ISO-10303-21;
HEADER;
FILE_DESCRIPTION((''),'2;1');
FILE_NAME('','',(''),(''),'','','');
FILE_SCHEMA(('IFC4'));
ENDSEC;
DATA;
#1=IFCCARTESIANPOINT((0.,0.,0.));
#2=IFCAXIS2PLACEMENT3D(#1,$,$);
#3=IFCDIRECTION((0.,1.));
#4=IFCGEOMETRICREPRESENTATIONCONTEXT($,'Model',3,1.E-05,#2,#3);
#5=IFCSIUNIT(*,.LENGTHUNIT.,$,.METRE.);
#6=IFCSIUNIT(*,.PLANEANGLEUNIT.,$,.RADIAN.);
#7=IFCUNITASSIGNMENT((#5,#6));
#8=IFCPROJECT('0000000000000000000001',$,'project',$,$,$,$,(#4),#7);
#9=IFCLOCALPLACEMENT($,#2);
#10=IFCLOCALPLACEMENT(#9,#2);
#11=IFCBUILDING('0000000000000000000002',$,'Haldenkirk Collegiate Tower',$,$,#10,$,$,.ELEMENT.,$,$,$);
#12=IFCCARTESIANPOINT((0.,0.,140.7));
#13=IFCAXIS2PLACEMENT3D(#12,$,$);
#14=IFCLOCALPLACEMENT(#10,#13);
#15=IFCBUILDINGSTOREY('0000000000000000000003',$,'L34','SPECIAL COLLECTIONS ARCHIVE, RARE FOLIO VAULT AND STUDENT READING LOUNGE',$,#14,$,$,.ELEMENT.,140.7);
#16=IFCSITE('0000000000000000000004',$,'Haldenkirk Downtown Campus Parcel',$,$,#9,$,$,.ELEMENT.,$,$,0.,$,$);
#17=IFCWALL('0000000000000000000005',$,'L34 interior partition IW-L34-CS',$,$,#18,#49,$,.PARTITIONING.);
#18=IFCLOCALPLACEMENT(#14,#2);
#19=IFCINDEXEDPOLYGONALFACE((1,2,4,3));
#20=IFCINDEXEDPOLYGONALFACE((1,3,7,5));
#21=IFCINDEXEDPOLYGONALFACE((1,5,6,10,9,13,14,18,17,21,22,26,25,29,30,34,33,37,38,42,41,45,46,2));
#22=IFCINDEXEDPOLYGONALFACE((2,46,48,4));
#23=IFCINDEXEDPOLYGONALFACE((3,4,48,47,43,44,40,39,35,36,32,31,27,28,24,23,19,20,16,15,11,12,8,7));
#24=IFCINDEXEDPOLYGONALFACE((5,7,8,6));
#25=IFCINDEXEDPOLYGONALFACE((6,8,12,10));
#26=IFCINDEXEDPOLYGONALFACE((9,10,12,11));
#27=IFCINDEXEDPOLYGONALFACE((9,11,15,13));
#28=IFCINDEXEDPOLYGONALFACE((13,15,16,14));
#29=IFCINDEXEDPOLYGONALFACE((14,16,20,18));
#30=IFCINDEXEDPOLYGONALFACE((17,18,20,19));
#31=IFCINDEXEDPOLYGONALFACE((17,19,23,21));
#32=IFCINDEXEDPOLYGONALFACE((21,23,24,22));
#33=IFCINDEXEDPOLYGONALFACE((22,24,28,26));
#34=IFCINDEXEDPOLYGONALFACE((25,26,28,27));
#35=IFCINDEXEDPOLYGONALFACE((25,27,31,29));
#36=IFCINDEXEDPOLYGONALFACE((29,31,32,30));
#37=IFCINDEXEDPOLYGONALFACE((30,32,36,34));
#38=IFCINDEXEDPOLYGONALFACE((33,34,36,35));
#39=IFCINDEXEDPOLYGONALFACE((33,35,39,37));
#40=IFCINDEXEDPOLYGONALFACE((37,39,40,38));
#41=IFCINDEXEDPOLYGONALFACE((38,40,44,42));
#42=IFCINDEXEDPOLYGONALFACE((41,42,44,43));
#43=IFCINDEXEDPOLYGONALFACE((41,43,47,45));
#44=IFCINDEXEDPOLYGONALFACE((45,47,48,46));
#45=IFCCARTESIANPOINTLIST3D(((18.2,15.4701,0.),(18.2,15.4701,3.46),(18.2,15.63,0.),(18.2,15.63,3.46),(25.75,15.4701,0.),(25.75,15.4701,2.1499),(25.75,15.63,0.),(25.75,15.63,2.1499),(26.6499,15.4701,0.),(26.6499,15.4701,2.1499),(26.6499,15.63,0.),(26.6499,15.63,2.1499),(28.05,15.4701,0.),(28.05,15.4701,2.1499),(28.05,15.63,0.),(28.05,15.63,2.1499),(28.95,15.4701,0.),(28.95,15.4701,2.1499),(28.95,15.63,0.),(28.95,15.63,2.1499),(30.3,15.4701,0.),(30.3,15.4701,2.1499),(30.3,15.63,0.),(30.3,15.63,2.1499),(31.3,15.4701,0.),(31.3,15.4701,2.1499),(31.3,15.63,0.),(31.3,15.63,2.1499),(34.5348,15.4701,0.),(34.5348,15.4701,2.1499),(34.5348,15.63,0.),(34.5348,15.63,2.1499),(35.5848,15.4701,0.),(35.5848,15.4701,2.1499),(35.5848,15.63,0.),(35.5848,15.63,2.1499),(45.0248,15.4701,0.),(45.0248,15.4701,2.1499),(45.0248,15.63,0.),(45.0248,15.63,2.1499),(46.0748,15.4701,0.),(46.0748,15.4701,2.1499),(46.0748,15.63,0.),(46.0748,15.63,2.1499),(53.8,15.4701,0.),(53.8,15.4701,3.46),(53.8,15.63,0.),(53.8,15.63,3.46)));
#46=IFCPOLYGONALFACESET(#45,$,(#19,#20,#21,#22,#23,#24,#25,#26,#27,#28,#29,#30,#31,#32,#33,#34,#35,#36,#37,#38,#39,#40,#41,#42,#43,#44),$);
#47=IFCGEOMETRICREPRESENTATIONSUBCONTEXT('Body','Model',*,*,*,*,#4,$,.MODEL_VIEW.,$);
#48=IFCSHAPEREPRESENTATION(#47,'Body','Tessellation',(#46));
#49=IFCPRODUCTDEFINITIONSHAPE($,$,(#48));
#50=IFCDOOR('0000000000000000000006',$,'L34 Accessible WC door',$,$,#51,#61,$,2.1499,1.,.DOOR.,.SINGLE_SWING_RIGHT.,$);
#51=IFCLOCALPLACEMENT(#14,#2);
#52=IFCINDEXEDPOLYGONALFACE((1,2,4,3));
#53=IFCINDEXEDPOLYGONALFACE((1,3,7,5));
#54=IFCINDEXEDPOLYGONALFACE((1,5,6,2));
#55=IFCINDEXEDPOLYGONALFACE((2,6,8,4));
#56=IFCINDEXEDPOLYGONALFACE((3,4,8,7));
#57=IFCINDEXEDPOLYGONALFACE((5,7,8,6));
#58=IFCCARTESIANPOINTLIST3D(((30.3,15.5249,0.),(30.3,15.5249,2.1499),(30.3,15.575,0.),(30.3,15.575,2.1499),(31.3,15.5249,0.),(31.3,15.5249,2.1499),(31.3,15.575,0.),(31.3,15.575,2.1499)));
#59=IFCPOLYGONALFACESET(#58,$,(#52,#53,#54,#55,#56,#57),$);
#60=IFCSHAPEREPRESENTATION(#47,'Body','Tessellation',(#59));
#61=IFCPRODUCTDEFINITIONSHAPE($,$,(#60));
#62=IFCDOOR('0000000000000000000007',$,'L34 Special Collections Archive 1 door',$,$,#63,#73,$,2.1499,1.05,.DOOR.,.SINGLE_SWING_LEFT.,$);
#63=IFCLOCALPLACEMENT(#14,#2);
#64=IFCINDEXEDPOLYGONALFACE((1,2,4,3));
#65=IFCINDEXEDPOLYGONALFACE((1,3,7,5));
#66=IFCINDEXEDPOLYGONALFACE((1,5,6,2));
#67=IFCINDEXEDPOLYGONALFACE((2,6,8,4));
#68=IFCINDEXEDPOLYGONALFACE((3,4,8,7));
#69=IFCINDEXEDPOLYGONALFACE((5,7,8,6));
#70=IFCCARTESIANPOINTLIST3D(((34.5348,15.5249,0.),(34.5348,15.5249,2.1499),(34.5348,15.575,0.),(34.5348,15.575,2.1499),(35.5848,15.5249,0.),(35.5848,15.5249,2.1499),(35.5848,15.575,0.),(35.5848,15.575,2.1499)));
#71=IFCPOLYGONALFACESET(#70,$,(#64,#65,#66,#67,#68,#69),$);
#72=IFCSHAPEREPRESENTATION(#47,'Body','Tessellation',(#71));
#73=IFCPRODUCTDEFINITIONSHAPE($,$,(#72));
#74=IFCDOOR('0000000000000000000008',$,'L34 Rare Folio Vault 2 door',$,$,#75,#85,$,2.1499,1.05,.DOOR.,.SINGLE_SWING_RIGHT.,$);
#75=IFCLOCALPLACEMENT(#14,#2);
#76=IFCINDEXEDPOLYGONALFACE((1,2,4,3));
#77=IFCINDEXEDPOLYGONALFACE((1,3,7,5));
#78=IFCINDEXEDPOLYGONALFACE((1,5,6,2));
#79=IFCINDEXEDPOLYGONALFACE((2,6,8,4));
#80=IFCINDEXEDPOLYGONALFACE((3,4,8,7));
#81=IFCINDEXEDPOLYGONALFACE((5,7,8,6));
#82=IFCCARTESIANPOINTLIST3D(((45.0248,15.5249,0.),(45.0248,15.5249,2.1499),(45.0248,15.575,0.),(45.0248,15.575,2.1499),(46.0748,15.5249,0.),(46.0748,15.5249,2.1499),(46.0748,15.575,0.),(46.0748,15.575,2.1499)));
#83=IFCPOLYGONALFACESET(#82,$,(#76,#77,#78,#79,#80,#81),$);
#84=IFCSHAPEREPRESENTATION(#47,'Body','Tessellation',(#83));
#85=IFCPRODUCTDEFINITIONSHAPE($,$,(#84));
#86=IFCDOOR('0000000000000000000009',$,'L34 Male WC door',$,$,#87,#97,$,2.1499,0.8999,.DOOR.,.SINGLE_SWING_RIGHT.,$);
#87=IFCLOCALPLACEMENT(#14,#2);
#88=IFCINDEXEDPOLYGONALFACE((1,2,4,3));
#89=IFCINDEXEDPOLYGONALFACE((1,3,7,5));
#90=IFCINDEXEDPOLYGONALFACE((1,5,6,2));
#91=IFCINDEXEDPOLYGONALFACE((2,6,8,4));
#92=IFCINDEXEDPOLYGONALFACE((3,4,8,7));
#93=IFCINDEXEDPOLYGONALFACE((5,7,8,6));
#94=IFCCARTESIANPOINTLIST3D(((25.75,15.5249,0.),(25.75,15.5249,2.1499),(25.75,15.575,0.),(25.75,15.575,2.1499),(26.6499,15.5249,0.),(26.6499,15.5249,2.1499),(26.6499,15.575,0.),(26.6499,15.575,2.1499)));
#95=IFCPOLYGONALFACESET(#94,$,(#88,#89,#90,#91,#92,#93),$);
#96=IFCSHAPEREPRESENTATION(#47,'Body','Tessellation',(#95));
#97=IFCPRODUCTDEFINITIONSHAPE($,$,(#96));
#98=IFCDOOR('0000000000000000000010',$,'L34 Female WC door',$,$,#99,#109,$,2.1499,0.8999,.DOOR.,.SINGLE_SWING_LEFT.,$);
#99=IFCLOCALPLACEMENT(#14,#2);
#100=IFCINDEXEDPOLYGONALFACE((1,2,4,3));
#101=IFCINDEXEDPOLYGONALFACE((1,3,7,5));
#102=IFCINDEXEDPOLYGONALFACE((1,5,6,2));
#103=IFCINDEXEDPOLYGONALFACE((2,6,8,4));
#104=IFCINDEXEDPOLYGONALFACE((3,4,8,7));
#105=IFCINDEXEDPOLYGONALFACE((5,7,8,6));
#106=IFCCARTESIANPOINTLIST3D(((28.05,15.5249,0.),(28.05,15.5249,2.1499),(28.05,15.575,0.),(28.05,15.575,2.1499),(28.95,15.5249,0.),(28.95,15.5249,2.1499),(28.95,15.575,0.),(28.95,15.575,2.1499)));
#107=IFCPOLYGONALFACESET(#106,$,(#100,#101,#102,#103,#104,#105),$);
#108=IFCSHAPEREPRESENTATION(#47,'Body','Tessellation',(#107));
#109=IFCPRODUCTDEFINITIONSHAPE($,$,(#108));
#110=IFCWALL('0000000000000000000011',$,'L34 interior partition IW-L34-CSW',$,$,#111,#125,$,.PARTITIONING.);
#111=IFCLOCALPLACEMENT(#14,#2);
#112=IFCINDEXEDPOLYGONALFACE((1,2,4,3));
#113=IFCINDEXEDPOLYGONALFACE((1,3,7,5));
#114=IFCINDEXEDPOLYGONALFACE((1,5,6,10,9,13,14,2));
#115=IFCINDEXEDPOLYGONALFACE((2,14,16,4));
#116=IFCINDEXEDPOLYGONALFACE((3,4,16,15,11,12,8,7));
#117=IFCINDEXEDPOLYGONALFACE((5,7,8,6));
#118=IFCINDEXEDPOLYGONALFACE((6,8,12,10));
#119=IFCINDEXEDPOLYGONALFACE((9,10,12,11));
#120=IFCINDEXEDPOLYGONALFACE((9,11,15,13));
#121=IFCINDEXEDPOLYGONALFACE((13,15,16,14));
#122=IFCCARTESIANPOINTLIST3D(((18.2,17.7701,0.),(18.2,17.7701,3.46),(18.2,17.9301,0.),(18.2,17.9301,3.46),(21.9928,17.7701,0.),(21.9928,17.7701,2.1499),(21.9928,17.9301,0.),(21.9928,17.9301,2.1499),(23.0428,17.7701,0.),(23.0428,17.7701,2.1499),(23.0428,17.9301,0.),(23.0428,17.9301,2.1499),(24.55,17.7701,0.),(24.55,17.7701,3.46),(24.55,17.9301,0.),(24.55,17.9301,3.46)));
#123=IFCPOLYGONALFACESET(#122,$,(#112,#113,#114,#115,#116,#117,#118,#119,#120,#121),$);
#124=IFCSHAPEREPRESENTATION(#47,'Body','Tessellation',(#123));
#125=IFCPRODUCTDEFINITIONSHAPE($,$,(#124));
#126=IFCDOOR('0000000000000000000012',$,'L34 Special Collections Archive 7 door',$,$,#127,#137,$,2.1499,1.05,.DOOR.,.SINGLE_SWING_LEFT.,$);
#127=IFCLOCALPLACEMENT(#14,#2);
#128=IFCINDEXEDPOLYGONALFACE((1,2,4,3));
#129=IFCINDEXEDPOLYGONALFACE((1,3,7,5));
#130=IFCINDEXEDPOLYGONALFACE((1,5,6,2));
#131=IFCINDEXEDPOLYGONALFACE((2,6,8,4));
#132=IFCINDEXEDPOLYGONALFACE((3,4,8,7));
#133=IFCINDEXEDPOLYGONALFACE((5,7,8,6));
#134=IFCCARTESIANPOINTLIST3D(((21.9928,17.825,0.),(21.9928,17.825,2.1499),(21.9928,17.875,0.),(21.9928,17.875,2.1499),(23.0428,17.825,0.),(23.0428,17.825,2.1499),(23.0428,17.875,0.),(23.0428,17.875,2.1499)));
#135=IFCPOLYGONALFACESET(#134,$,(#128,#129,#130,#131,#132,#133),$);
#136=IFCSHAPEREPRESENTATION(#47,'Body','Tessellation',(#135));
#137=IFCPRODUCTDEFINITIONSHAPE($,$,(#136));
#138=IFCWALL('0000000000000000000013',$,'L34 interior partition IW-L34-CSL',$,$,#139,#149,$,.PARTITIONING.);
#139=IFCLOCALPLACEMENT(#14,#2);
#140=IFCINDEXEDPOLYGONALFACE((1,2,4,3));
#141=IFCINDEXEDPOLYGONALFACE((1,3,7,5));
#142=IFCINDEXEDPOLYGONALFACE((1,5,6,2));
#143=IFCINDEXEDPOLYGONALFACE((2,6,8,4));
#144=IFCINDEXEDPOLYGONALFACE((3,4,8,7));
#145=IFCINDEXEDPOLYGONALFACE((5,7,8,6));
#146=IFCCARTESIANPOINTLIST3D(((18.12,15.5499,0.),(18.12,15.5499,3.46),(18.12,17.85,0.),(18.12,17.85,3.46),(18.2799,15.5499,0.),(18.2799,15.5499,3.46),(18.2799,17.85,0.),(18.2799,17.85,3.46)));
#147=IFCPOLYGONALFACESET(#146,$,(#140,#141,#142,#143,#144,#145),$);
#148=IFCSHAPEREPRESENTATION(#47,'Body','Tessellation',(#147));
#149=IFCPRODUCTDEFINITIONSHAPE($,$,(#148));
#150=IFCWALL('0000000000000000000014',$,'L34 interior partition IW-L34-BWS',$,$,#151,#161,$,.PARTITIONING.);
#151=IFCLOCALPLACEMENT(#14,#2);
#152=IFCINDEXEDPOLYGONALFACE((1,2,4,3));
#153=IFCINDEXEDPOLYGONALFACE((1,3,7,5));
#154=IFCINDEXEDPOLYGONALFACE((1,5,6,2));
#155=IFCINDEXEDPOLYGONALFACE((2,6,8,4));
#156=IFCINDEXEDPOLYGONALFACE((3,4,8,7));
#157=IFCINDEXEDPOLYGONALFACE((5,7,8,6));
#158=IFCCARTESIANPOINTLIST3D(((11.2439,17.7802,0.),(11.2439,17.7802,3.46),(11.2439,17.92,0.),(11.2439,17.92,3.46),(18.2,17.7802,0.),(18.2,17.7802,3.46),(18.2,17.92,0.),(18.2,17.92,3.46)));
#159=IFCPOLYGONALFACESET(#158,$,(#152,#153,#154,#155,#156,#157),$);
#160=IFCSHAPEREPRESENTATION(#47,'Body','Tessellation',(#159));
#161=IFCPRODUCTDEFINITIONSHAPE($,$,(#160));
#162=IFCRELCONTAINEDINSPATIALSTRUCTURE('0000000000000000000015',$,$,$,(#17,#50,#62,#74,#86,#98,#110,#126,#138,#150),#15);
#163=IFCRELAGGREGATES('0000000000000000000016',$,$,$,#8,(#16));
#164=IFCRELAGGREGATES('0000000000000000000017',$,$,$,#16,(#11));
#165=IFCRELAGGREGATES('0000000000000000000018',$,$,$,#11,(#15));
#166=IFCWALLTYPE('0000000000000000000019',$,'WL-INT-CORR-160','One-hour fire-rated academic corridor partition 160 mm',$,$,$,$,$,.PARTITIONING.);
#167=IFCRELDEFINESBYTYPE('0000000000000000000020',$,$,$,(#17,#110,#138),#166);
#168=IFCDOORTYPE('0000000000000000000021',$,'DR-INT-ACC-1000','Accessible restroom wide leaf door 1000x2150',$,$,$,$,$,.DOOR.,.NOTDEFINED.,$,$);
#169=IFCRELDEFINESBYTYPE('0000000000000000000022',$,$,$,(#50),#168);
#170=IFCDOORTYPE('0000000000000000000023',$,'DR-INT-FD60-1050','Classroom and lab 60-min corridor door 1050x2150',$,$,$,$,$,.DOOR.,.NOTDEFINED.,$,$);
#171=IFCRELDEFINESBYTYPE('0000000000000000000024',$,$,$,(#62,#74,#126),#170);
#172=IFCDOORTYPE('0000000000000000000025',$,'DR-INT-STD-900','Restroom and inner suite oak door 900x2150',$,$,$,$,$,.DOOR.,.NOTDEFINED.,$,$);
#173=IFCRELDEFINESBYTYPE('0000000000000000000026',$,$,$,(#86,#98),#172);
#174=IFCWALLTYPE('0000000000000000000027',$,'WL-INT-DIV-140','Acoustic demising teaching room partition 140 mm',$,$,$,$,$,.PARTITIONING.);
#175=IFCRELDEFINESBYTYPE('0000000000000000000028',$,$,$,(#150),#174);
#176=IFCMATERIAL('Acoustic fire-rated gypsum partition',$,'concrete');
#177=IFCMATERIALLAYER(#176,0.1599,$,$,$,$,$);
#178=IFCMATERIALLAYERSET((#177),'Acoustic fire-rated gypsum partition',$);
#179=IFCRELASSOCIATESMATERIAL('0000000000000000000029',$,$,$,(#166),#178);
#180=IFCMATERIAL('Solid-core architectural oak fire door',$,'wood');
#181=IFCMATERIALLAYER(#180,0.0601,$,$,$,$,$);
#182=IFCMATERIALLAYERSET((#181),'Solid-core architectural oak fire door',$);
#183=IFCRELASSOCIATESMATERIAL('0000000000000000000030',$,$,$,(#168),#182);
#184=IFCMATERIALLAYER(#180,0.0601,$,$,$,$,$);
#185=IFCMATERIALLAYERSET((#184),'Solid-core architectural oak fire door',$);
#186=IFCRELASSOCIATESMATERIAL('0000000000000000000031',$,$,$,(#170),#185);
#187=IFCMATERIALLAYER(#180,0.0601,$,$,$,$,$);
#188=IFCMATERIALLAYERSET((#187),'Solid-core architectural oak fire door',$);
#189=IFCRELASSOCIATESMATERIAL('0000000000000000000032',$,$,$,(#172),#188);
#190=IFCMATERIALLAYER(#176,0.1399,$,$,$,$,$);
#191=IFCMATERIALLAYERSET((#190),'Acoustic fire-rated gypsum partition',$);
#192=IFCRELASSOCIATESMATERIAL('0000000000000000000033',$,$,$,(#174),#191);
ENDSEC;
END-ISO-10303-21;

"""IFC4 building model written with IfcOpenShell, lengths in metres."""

from ifc_helpers import new_model, si_unit, direction, frame, frame_2d, origin, place, context, subcontext, project, spatial, rectangle, extrude, material, layer, layer_set, type_object, element, fill, save


model = new_model("IFC4")

# Units and contexts
model_context = context("Model", 3, precision=1e-05, world=origin(), true_north=direction((0.0, 1.0)))
body_context = subcontext(model_context, "Body", "Model", "MODEL_VIEW")
ifc_project = project(units=[si_unit("LENGTHUNIT", "METRE"), si_unit("PLANEANGLEUNIT", "RADIAN")], contexts=[model_context])

# Site, building, storey
site_placement = place(None, origin())
site = spatial("IfcSite", under=ifc_project, at=site_placement, Name="Haldenkirk Downtown Campus Parcel", CompositionType="ELEMENT", RefElevation=0.0)
building_placement = place(site_placement, origin())
building = spatial("IfcBuilding", under=site, at=building_placement, Name="Haldenkirk Collegiate Tower", CompositionType="ELEMENT")
storey_placement = place(building_placement, frame((0.0, 0.0, 140.7)))
storey = spatial("IfcBuildingStorey", under=building, at=storey_placement, Name="L34", Description="SPECIAL COLLECTIONS ARCHIVE, RARE FOLIO VAULT AND STUDENT READING LOUNGE", CompositionType="ELEMENT", Elevation=140.7)

# Wall, openings, doors
ifc_material_1 = material(Name="Acoustic fire-rated gypsum partition", Category="concrete")
ifc_layer_1 = layer(ifc_material_1, 0.1599)
ifc_layer_set_1 = layer_set([ifc_layer_1], Name="Acoustic fire-rated gypsum partition")
wall_type_1 = type_object("IfcWallType", Name="WL-INT-CORR-160", Description="One-hour fire-rated academic corridor partition 160 mm", PredefinedType="PARTITIONING", material=ifc_layer_set_1)
wall_1_placement = place(storey_placement, frame((18.2, 15.55, 0.0), z_axis=(0.0, 0.0, 1.0), x_axis=(1.0, 0.0, 0.0)))
wall_1 = element("IfcWall", 1, at=wall_1_placement, inside=storey, type_object=wall_type_1, Name="L34 interior partition IW-L34-CS", PredefinedType="PARTITIONING", context=body_context, shape_type="SweptSolid", body=[
    extrude(rectangle(XDim=35.6001, YDim=0.1599, at=frame_2d((17.8, 0.0))), origin(), (0.0, 0.0, 1.0), 3.46),
])
opening_1_placement = place(wall_1_placement, frame((7.55, 0.0, 0.0)))
opening_1 = element("IfcOpeningElement", 2, at=opening_1_placement, cuts=wall_1, PredefinedType="OPENING", context=body_context, shape_type="SweptSolid", body=[
    extrude(rectangle(XDim=0.8999, YDim=2.1499, at=frame_2d((0.45, 1.075))), frame((0.0, 0.0898, 0.0), z_axis=(0.0, -1.0, 0.0), x_axis=(1.0, 0.0, 0.0)), (0.0, 0.0, 1.0), 0.1799),
])
opening_2_placement = place(wall_1_placement, frame((9.8501, 0.0, 0.0)))
opening_2 = element("IfcOpeningElement", 3, at=opening_2_placement, cuts=wall_1, PredefinedType="OPENING", context=body_context, shape_type="SweptSolid", body=[
    extrude(rectangle(XDim=0.8999, YDim=2.1499, at=frame_2d((0.45, 1.075))), frame((0.0, 0.0898, 0.0), z_axis=(0.0, -1.0, 0.0), x_axis=(1.0, 0.0, 0.0)), (0.0, 0.0, 1.0), 0.1799),
])
opening_3_placement = place(wall_1_placement, frame((12.1001, 0.0, 0.0)))
opening_3 = element("IfcOpeningElement", 4, at=opening_3_placement, cuts=wall_1, PredefinedType="OPENING", context=body_context, shape_type="SweptSolid", body=[
    extrude(rectangle(XDim=1.0, YDim=2.1499, at=frame_2d((0.5, 1.075))), frame((0.0, 0.0898, 0.0), z_axis=(0.0, -1.0, 0.0), x_axis=(1.0, 0.0, 0.0)), (0.0, 0.0, 1.0), 0.1799),
])
opening_4_placement = place(wall_1_placement, frame((16.335, 0.0, 0.0)))
opening_4 = element("IfcOpeningElement", 5, at=opening_4_placement, cuts=wall_1, PredefinedType="OPENING", context=body_context, shape_type="SweptSolid", body=[
    extrude(rectangle(XDim=1.05, YDim=2.1499, at=frame_2d((0.5249, 1.075))), frame((0.0, 0.0898, 0.0), z_axis=(0.0, -1.0, 0.0), x_axis=(1.0, 0.0, 0.0)), (0.0, 0.0, 1.0), 0.1799),
])
opening_5_placement = place(wall_1_placement, frame((26.825, 0.0, 0.0)))
opening_5 = element("IfcOpeningElement", 6, at=opening_5_placement, cuts=wall_1, PredefinedType="OPENING", context=body_context, shape_type="SweptSolid", body=[
    extrude(rectangle(XDim=1.05, YDim=2.1499, at=frame_2d((0.5249, 1.075))), frame((0.0, 0.0898, 0.0), z_axis=(0.0, -1.0, 0.0), x_axis=(1.0, 0.0, 0.0)), (0.0, 0.0, 1.0), 0.1799),
])
ifc_material_2 = material(Name="Solid-core architectural oak fire door", Category="wood")
ifc_layer_2 = layer(ifc_material_2, 0.0601)
ifc_layer_set_2 = layer_set([ifc_layer_2], Name="Solid-core architectural oak fire door")
door_type_1 = type_object("IfcDoorType", Name="DR-INT-ACC-1000", Description="Accessible restroom wide leaf door 1000x2150", OperationType="NOTDEFINED", PredefinedType="DOOR", material=ifc_layer_set_2)
door_1_placement = place(opening_3_placement, origin())
door_1 = element("IfcDoor", 7, at=door_1_placement, inside=storey, type_object=door_type_1, Name="L34 Accessible WC door", OperationType="SINGLE_SWING_RIGHT", OverallHeight=2.1499, OverallWidth=1.0, PredefinedType="DOOR", context=body_context, shape_type="SweptSolid", body=[
    extrude(rectangle(XDim=1.0, YDim=2.1499, at=frame_2d((0.5, 1.075))), frame((0.0, 0.0249, 0.0), z_axis=(0.0, -1.0, 0.0), x_axis=(1.0, 0.0, 0.0)), (0.0, 0.0, 1.0), 0.05),
])
fill(opening_3, door_1)
ifc_layer_3 = layer(ifc_material_2, 0.0601)
ifc_layer_set_3 = layer_set([ifc_layer_3], Name="Solid-core architectural oak fire door")
door_type_2 = type_object("IfcDoorType", Name="DR-INT-FD60-1050", Description="Classroom and lab 60-min corridor door 1050x2150", OperationType="NOTDEFINED", PredefinedType="DOOR", material=ifc_layer_set_3)
door_2_placement = place(opening_4_placement, origin())
door_2 = element("IfcDoor", 8, at=door_2_placement, inside=storey, type_object=door_type_2, Name="L34 Special Collections Archive 1 door", OperationType="SINGLE_SWING_LEFT", OverallHeight=2.1499, OverallWidth=1.05, PredefinedType="DOOR", context=body_context, shape_type="SweptSolid", body=[
    extrude(rectangle(XDim=1.05, YDim=2.1499, at=frame_2d((0.5249, 1.075))), frame((0.0, 0.0249, 0.0), z_axis=(0.0, -1.0, 0.0), x_axis=(1.0, 0.0, 0.0)), (0.0, 0.0, 1.0), 0.05),
])
fill(opening_4, door_2)
door_3_placement = place(opening_5_placement, origin())
door_3 = element("IfcDoor", 9, at=door_3_placement, inside=storey, type_object=door_type_2, Name="L34 Rare Folio Vault 2 door", OperationType="SINGLE_SWING_RIGHT", OverallHeight=2.1499, OverallWidth=1.05, PredefinedType="DOOR", context=body_context, shape_type="SweptSolid", body=[
    extrude(rectangle(XDim=1.05, YDim=2.1499, at=frame_2d((0.5249, 1.075))), frame((0.0, 0.0249, 0.0), z_axis=(0.0, -1.0, 0.0), x_axis=(1.0, 0.0, 0.0)), (0.0, 0.0, 1.0), 0.05),
])
fill(opening_5, door_3)
ifc_layer_4 = layer(ifc_material_2, 0.0601)
ifc_layer_set_4 = layer_set([ifc_layer_4], Name="Solid-core architectural oak fire door")
door_type_3 = type_object("IfcDoorType", Name="DR-INT-STD-900", Description="Restroom and inner suite oak door 900x2150", OperationType="NOTDEFINED", PredefinedType="DOOR", material=ifc_layer_set_4)
door_4_placement = place(opening_1_placement, origin())
door_4 = element("IfcDoor", 10, at=door_4_placement, inside=storey, type_object=door_type_3, Name="L34 Male WC door", OperationType="SINGLE_SWING_RIGHT", OverallHeight=2.1499, OverallWidth=0.8999, PredefinedType="DOOR", context=body_context, shape_type="SweptSolid", body=[
    extrude(rectangle(XDim=0.8999, YDim=2.1499, at=frame_2d((0.45, 1.075))), frame((0.0, 0.0249, 0.0), z_axis=(0.0, -1.0, 0.0), x_axis=(1.0, 0.0, 0.0)), (0.0, 0.0, 1.0), 0.05),
])
fill(opening_1, door_4)
door_5_placement = place(opening_2_placement, origin())
door_5 = element("IfcDoor", 11, at=door_5_placement, inside=storey, type_object=door_type_3, Name="L34 Female WC door", OperationType="SINGLE_SWING_LEFT", OverallHeight=2.1499, OverallWidth=0.8999, PredefinedType="DOOR", context=body_context, shape_type="SweptSolid", body=[
    extrude(rectangle(XDim=0.8999, YDim=2.1499, at=frame_2d((0.45, 1.075))), frame((0.0, 0.0249, 0.0), z_axis=(0.0, -1.0, 0.0), x_axis=(1.0, 0.0, 0.0)), (0.0, 0.0, 1.0), 0.05),
])
fill(opening_2, door_5)

# Wall, opening, door
wall_2_placement = place(storey_placement, frame((18.2, 17.8501, 0.0), z_axis=(0.0, 0.0, 1.0), x_axis=(1.0, 0.0, 0.0)))
wall_2 = element("IfcWall", 12, at=wall_2_placement, inside=storey, type_object=wall_type_1, Name="L34 interior partition IW-L34-CSW", PredefinedType="PARTITIONING", context=body_context, shape_type="SweptSolid", body=[
    extrude(rectangle(XDim=6.3501, YDim=0.1599, at=frame_2d((3.175, 0.0))), origin(), (0.0, 0.0, 1.0), 3.46),
])
opening_6_placement = place(wall_2_placement, frame((3.793, 0.0, 0.0)))
opening_6 = element("IfcOpeningElement", 13, at=opening_6_placement, cuts=wall_2, PredefinedType="OPENING", context=body_context, shape_type="SweptSolid", body=[
    extrude(rectangle(XDim=1.05, YDim=2.1499, at=frame_2d((0.5249, 1.075))), frame((0.0, 0.0898, 0.0), z_axis=(0.0, -1.0, 0.0), x_axis=(1.0, 0.0, 0.0)), (0.0, 0.0, 1.0), 0.1799),
])
door_6_placement = place(opening_6_placement, origin())
door_6 = element("IfcDoor", 14, at=door_6_placement, inside=storey, type_object=door_type_2, Name="L34 Special Collections Archive 7 door", OperationType="SINGLE_SWING_LEFT", OverallHeight=2.1499, OverallWidth=1.05, PredefinedType="DOOR", context=body_context, shape_type="SweptSolid", body=[
    extrude(rectangle(XDim=1.05, YDim=2.1499, at=frame_2d((0.5249, 1.075))), frame((0.0, 0.0249, 0.0), z_axis=(0.0, -1.0, 0.0), x_axis=(1.0, 0.0, 0.0)), (0.0, 0.0, 1.0), 0.05),
])
fill(opening_6, door_6)

# Walls
wall_3_placement = place(storey_placement, frame((18.2, 15.55, 0.0), z_axis=(0.0, 0.0, 1.0), x_axis=(0.0, 1.0, 0.0)))
element("IfcWall", 15, at=wall_3_placement, inside=storey, type_object=wall_type_1, Name="L34 interior partition IW-L34-CSL", PredefinedType="PARTITIONING", context=body_context, shape_type="SweptSolid", body=[
    extrude(rectangle(XDim=2.3, YDim=0.1599, at=frame_2d((1.1499, 0.0))), origin(), (0.0, 0.0, 1.0), 3.46),
])
ifc_layer_5 = layer(ifc_material_1, 0.1399)
ifc_layer_set_5 = layer_set([ifc_layer_5], Name="Acoustic fire-rated gypsum partition")
wall_type_2 = type_object("IfcWallType", Name="WL-INT-DIV-140", Description="Acoustic demising teaching room partition 140 mm", PredefinedType="PARTITIONING", material=ifc_layer_set_5)
wall_4_placement = place(storey_placement, frame((11.2439, 17.8501, 0.0), z_axis=(0.0, 0.0, 1.0), x_axis=(1.0, 0.0, 0.0)))
element("IfcWall", 16, at=wall_4_placement, inside=storey, type_object=wall_type_2, Name="L34 interior partition IW-L34-BWS", PredefinedType="PARTITIONING", context=body_context, shape_type="SweptSolid", body=[
    extrude(rectangle(XDim=6.9561, YDim=0.1399, at=frame_2d((3.478, 0.0))), origin(), (0.0, 0.0, 1.0), 3.46),
])

save(model, "model.ifc")
